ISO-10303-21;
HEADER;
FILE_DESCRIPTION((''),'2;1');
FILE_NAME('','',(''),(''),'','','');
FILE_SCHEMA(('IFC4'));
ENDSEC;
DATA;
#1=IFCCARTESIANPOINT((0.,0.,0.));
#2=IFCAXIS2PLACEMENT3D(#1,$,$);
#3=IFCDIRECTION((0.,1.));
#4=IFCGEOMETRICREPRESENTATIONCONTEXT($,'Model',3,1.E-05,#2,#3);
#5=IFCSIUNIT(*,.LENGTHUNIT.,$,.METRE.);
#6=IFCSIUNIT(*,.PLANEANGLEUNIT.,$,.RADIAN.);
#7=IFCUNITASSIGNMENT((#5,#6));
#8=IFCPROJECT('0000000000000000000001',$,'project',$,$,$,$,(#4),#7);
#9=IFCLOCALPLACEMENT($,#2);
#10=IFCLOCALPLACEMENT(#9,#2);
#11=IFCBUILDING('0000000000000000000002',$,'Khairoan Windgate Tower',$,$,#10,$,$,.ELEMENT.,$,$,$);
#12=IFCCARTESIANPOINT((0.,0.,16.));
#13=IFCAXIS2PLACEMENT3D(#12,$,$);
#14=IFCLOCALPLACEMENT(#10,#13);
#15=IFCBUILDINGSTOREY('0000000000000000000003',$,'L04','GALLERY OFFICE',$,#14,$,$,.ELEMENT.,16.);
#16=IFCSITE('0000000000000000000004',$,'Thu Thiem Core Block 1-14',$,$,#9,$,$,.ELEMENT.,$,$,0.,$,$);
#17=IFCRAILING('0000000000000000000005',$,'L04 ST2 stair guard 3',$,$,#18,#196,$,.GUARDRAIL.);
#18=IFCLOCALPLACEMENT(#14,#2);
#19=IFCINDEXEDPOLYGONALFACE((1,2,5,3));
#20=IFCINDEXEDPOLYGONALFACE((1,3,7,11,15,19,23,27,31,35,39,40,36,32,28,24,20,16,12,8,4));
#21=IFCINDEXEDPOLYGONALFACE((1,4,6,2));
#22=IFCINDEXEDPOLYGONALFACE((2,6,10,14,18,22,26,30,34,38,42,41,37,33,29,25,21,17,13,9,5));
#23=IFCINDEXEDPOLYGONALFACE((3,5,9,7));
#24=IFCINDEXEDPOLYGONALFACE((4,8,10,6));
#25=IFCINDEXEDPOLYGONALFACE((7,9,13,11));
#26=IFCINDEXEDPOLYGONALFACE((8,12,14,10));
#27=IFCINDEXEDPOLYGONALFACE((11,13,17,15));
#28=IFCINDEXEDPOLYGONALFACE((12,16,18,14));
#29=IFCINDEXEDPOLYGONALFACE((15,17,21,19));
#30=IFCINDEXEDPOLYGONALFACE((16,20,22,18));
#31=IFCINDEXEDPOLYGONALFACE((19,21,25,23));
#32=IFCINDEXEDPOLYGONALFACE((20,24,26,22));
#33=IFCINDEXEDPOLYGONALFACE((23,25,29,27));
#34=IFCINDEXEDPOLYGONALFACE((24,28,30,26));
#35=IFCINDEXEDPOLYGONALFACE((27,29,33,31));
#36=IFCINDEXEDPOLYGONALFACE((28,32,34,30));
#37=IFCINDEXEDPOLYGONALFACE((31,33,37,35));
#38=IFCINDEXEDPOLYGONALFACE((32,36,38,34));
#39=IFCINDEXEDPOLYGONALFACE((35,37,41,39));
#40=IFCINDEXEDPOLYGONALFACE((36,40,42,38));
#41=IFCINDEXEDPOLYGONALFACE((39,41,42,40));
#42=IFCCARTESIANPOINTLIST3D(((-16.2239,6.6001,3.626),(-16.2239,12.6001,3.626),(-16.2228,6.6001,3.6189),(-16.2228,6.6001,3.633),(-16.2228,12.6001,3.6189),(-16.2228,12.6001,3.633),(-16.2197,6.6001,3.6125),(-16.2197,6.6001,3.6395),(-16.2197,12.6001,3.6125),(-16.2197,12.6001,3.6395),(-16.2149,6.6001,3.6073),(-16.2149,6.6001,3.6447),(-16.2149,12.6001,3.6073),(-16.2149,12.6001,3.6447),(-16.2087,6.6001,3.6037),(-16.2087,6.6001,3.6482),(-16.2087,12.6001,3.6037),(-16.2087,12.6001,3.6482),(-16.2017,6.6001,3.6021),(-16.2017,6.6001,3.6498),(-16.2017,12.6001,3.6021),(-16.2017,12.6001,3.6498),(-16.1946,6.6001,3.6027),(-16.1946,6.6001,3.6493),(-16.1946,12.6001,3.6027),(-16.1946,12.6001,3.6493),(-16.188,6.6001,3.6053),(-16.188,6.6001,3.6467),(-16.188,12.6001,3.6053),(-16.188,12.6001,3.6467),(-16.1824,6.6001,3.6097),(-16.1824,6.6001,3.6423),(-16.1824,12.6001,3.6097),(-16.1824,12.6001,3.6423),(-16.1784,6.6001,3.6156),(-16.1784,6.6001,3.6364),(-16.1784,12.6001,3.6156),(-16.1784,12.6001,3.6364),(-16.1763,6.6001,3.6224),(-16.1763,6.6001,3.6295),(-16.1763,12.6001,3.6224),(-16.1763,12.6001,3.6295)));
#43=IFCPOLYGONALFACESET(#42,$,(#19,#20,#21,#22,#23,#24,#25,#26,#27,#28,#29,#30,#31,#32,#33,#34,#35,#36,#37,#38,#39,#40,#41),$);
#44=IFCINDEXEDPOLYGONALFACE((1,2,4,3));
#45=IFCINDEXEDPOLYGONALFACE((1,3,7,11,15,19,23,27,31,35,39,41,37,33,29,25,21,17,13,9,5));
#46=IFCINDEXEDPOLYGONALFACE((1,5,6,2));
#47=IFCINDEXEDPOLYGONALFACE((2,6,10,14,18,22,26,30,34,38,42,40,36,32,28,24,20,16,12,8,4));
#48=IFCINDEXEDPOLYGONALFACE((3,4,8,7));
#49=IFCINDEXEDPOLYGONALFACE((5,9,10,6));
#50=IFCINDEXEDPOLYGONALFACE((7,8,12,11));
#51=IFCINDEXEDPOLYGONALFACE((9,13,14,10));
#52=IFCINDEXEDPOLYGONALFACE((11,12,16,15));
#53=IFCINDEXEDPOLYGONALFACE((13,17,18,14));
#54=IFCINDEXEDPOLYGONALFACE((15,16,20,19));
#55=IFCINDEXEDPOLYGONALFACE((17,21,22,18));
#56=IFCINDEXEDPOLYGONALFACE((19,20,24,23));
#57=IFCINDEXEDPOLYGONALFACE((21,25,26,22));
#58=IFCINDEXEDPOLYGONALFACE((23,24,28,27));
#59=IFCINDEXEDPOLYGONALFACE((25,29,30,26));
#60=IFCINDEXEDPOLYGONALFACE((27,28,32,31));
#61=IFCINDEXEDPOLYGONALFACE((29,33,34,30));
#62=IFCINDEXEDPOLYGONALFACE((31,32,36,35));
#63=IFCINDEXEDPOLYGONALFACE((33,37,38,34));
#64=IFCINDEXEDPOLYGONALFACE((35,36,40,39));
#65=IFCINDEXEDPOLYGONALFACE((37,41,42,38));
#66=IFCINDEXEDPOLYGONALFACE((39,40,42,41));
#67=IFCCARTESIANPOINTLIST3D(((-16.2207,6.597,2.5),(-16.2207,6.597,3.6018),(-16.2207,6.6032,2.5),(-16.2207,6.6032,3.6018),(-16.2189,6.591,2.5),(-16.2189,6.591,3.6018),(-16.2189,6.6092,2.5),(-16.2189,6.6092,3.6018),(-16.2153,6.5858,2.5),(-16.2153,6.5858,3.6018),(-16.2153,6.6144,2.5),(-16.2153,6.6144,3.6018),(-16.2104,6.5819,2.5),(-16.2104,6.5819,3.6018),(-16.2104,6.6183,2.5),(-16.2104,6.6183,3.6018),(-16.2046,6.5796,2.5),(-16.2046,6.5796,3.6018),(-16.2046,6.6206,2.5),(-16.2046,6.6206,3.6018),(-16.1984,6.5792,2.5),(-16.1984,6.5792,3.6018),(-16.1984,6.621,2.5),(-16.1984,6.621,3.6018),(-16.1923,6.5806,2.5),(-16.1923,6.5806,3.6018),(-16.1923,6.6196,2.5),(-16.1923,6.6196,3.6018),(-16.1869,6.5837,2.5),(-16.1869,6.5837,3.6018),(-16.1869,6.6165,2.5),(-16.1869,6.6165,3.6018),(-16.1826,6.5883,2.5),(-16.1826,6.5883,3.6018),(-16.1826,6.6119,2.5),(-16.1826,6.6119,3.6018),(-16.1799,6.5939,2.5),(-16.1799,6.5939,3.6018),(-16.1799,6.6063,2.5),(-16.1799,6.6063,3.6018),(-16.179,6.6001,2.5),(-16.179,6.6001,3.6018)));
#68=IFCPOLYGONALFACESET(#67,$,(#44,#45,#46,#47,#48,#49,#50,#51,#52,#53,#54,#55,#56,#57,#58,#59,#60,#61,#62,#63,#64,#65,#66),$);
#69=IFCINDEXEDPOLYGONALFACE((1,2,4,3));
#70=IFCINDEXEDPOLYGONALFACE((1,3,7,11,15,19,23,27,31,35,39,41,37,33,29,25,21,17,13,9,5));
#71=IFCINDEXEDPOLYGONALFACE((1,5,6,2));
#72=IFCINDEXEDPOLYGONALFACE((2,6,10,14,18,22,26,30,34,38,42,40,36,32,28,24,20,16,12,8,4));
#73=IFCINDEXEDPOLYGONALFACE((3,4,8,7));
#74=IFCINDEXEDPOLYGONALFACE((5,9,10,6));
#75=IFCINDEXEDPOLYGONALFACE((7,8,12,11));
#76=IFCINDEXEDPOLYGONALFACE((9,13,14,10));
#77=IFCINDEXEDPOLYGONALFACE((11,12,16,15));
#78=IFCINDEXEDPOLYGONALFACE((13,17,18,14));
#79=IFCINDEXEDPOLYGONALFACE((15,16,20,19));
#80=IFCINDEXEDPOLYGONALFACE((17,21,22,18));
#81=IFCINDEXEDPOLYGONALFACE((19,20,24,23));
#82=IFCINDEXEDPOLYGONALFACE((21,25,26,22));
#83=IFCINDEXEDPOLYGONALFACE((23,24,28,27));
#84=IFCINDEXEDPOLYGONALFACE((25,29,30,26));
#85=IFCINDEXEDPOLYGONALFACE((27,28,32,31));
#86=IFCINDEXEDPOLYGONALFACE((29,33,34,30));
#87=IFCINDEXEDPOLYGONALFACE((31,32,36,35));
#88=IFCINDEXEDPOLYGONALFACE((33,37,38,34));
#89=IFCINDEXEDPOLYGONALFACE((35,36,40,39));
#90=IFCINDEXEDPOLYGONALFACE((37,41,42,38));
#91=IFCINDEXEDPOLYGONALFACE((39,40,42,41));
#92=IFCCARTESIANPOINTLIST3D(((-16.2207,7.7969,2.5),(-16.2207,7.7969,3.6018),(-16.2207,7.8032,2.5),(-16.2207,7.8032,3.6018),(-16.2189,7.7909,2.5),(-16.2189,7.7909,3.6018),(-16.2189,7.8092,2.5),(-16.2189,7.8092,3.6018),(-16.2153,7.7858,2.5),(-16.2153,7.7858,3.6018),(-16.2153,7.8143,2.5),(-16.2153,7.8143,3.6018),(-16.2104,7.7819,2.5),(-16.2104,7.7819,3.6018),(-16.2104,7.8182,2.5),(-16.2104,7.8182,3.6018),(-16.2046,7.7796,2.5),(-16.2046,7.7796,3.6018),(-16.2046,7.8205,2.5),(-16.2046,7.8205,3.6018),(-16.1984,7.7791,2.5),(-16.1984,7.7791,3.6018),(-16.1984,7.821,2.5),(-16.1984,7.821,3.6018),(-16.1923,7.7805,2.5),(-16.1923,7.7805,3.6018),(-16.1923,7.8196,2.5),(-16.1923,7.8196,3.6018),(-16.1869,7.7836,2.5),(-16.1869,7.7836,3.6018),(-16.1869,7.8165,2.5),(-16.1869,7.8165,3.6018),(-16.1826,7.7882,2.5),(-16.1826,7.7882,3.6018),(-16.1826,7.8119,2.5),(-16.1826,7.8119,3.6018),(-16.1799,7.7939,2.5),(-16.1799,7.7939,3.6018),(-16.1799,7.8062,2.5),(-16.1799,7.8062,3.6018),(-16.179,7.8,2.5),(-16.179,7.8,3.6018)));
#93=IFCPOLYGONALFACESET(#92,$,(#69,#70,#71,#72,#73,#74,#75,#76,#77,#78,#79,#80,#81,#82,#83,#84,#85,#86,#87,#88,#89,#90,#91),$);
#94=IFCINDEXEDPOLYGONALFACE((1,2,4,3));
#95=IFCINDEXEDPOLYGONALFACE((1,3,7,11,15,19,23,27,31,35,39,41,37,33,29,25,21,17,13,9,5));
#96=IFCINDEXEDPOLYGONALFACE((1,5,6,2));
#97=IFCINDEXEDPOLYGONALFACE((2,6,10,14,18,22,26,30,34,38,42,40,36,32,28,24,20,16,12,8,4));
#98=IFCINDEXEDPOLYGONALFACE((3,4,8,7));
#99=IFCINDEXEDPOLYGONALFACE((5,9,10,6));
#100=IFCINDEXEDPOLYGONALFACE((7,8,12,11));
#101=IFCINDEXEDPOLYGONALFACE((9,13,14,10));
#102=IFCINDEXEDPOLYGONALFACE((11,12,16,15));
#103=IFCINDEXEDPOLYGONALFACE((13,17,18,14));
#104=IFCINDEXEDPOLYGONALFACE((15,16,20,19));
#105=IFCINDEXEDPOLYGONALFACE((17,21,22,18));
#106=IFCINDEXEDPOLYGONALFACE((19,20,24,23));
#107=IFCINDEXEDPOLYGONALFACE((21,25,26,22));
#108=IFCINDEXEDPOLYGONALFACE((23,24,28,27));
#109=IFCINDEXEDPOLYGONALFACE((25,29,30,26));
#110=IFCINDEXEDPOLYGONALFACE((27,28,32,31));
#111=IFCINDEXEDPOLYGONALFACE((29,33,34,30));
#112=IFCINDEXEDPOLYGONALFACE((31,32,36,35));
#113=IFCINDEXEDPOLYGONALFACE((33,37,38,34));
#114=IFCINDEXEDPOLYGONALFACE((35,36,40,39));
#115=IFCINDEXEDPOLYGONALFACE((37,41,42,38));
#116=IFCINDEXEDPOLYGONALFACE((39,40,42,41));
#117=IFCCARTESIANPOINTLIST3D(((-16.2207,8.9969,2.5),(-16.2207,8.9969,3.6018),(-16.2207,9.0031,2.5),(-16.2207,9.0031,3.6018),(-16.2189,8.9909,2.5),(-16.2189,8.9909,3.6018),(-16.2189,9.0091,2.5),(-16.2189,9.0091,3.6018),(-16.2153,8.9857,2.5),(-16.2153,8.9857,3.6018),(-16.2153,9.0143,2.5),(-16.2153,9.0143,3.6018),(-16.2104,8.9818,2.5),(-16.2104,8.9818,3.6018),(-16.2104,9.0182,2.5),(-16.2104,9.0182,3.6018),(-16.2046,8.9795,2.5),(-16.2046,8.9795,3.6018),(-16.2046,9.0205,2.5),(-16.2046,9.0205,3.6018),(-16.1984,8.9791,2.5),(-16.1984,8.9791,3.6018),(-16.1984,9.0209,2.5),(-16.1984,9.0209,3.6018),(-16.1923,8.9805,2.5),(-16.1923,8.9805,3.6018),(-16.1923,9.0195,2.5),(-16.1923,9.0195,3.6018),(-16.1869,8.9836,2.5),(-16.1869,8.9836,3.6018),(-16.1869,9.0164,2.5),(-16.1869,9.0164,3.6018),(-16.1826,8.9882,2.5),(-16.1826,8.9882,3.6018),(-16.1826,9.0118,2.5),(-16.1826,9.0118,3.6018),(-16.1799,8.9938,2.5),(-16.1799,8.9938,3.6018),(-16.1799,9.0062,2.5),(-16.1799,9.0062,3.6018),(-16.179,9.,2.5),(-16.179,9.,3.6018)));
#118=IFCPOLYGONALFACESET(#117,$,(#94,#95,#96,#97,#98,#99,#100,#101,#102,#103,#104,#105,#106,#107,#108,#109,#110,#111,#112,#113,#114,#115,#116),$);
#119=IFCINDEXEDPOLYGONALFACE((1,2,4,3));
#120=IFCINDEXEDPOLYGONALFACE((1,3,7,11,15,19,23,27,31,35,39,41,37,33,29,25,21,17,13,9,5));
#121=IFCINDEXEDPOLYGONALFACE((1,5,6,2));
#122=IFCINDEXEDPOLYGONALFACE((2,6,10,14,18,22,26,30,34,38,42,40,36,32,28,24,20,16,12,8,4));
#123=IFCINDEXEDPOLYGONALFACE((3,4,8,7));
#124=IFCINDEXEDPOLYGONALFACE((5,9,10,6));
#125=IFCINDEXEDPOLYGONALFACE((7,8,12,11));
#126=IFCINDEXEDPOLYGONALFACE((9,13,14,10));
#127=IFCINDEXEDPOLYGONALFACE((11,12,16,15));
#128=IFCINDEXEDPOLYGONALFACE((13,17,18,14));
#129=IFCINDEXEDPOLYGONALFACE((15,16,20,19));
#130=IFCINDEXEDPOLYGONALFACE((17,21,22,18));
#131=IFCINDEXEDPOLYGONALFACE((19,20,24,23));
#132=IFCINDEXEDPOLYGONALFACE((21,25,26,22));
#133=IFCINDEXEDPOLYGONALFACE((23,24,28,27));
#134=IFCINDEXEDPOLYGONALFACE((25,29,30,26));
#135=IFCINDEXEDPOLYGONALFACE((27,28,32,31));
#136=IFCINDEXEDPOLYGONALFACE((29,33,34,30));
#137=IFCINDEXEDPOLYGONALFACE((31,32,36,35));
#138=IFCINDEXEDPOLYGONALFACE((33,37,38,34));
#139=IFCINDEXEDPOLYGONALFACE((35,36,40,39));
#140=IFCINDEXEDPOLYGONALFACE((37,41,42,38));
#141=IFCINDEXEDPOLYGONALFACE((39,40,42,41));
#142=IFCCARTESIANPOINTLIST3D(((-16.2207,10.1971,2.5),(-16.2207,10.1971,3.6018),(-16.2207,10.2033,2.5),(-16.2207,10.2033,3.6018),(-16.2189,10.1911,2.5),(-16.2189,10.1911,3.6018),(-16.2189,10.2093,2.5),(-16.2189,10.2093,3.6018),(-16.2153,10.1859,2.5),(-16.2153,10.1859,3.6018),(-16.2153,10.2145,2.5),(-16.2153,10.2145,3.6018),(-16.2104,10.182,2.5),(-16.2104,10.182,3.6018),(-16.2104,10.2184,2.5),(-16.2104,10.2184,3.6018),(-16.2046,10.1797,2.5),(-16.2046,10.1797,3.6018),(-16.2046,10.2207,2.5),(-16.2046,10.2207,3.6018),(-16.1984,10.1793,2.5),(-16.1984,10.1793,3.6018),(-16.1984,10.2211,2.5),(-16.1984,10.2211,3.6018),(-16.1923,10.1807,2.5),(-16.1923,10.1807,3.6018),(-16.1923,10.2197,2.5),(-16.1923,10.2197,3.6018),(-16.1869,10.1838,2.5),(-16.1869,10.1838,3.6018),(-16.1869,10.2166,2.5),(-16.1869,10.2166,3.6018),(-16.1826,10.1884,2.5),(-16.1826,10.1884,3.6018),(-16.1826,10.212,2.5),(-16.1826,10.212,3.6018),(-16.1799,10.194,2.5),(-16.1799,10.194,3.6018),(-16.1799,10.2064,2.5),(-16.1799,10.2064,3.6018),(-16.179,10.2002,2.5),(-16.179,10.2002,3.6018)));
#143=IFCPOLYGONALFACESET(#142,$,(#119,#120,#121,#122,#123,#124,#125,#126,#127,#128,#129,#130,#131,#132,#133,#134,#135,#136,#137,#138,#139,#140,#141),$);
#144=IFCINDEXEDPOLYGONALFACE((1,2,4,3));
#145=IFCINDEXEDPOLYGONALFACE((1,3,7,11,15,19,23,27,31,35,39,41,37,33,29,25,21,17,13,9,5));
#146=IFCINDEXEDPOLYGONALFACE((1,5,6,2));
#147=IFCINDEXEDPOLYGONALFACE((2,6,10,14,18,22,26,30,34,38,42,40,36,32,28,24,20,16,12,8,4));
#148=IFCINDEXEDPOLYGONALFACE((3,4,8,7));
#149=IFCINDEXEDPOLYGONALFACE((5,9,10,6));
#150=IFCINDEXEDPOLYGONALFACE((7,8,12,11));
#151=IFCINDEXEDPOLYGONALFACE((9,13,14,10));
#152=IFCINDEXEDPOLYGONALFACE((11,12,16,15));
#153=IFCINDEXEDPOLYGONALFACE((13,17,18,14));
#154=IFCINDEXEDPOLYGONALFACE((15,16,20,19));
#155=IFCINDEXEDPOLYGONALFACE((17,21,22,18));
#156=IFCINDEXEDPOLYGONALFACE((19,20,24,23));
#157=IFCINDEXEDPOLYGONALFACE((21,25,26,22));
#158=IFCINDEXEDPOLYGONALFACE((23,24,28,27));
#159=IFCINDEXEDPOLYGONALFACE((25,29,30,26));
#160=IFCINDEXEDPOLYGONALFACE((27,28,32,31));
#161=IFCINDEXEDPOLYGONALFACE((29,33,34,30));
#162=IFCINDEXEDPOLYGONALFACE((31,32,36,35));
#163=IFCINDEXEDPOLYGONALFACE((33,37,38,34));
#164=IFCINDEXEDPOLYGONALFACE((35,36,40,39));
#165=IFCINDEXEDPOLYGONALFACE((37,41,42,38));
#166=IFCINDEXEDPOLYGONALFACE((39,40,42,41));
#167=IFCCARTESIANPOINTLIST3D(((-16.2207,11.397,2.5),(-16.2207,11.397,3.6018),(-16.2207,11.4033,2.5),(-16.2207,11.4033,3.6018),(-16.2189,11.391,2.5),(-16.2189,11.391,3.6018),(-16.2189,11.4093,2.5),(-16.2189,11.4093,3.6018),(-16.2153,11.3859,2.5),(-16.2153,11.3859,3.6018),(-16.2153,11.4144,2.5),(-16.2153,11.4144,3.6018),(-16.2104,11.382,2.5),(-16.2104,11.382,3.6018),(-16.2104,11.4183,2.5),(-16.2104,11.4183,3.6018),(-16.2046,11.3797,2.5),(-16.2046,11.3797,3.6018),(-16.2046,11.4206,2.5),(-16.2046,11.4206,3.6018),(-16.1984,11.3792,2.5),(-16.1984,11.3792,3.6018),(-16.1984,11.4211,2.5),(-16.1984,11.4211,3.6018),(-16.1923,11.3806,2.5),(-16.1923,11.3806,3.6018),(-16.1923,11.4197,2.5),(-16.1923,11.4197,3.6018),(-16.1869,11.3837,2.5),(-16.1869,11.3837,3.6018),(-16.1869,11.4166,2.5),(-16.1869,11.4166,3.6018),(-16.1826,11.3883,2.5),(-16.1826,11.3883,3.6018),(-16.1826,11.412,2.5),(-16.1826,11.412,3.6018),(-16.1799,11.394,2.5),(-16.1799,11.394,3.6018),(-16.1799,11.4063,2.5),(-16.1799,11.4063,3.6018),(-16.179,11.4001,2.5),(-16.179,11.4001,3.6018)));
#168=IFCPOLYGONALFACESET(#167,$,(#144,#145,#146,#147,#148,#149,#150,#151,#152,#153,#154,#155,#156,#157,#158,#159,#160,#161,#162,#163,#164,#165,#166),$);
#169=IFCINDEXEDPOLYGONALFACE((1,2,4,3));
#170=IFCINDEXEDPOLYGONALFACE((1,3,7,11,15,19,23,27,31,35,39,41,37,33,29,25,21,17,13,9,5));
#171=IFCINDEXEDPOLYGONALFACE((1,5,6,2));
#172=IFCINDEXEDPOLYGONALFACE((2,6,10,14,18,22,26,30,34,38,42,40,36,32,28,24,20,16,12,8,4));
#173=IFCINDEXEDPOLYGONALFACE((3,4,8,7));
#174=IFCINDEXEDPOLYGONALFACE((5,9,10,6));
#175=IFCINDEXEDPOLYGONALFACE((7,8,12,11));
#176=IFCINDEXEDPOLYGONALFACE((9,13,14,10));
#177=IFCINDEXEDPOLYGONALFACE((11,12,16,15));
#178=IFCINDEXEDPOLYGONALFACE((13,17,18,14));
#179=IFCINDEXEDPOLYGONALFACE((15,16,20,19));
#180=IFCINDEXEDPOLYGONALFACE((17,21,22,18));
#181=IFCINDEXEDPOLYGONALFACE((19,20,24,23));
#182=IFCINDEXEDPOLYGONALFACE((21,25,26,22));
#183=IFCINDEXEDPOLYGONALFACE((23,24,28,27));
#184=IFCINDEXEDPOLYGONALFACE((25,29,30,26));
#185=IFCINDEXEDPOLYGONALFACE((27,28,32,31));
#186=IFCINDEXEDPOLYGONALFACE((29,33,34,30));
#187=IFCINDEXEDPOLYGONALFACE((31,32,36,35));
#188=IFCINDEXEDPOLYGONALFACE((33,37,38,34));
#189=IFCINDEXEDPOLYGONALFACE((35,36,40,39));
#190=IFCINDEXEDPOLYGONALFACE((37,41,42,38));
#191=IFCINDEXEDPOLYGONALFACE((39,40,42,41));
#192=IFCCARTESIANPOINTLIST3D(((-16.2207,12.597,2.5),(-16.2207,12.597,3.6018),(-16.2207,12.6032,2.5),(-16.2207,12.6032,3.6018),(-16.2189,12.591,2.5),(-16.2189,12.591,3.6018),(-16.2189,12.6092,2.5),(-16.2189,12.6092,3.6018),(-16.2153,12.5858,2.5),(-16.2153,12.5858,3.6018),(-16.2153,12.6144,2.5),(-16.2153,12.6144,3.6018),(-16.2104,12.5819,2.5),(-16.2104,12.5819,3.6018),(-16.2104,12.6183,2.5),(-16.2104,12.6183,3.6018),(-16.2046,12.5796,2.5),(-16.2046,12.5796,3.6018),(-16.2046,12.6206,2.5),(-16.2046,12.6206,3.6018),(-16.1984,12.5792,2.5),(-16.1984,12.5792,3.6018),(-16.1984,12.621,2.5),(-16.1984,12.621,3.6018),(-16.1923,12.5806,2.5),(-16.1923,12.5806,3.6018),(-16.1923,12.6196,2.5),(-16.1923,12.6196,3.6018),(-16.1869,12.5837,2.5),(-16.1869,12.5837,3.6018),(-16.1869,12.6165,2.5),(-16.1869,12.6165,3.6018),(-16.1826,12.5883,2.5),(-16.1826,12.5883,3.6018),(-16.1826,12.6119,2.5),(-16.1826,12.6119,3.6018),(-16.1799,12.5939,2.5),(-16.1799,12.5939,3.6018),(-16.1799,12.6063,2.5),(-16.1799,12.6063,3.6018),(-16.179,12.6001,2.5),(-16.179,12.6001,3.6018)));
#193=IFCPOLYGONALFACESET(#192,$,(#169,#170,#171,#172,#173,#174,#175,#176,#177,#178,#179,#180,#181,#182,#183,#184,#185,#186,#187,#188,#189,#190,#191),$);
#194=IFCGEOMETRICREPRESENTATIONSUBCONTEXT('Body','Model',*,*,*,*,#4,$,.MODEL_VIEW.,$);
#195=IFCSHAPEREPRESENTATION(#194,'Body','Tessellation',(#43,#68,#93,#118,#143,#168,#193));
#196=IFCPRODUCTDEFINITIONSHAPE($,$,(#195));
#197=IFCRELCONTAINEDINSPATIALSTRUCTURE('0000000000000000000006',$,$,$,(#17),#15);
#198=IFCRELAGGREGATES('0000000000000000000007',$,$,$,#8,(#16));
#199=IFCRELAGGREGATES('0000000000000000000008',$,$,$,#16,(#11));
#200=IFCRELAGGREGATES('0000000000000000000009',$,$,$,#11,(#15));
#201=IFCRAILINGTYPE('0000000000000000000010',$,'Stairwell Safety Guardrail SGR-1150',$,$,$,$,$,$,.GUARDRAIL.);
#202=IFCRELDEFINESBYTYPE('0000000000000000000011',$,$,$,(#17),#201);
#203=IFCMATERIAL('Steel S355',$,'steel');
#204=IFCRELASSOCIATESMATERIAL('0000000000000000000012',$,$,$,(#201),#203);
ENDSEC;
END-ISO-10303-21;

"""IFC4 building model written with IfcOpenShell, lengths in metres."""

from ifc_helpers import new_model, si_unit, direction, frame, origin, origin_2d, place, context, subcontext, project, spatial, circle, extrude, material, type_object, element, save


model = new_model("IFC4")

# Units and contexts
model_context = context("Model", 3, precision=1e-05, world=origin(), true_north=direction((0.0, 1.0)))
body_context = subcontext(model_context, "Body", "Model", "MODEL_VIEW")
ifc_project = project(units=[si_unit("LENGTHUNIT", "METRE"), si_unit("PLANEANGLEUNIT", "RADIAN")], contexts=[model_context])

# Site, building, storey
site_placement = place(None, origin())
site = spatial("IfcSite", under=ifc_project, at=site_placement, Name="Thu Thiem Core Block 1-14", CompositionType="ELEMENT", RefElevation=0.0)
building_placement = place(site_placement, origin())
building = spatial("IfcBuilding", under=site, at=building_placement, Name="Khairoan Windgate Tower", CompositionType="ELEMENT")
storey_placement = place(building_placement, frame((0.0, 0.0, 16.0)))
storey = spatial("IfcBuildingStorey", under=building, at=storey_placement, Name="L04", Description="GALLERY OFFICE", CompositionType="ELEMENT", Elevation=16.0)

# Railing
ifc_material_1 = material(Name="Steel S355", Category="steel")
railing_type_1 = type_object("IfcRailingType", Name="Stairwell Safety Guardrail SGR-1150", PredefinedType="GUARDRAIL", material=ifc_material_1)
railing_1_placement = place(storey_placement, frame((-16.2, 6.6001, 2.5)))
element("IfcRailing", 1, at=railing_1_placement, inside=storey, type_object=railing_type_1, Name="L04 ST2 stair guard 3", PredefinedType="GUARDRAIL", context=body_context, shape_type="SweptSolid", body=[
    extrude(circle(Radius=0.0239, at=origin_2d()), frame((0.0, 0.0, 1.126), z_axis=(0.0, 1.0, 0.0), x_axis=(-1.0, 0.0, 0.0)), (0.0, 0.0, 1.0), 6.0),
    extrude(circle(Radius=0.021, at=origin_2d()), origin(), (0.0, 0.0, 1.0), 1.1018),
    extrude(circle(Radius=0.021, at=origin_2d()), frame((0.0, 1.2, 0.0)), (0.0, 0.0, 1.0), 1.1018),
    extrude(circle(Radius=0.021, at=origin_2d()), frame((0.0, 2.3999, 0.0)), (0.0, 0.0, 1.0), 1.1018),
    extrude(circle(Radius=0.021, at=origin_2d()), frame((0.0, 3.6001, 0.0)), (0.0, 0.0, 1.0), 1.1018),
    extrude(circle(Radius=0.021, at=origin_2d()), frame((0.0, 4.8, 0.0)), (0.0, 0.0, 1.0), 1.1018),
    extrude(circle(Radius=0.021, at=origin_2d()), frame((0.0, 6.0, 0.0)), (0.0, 0.0, 1.0), 1.1018),
])

save(model, "model.ifc")
